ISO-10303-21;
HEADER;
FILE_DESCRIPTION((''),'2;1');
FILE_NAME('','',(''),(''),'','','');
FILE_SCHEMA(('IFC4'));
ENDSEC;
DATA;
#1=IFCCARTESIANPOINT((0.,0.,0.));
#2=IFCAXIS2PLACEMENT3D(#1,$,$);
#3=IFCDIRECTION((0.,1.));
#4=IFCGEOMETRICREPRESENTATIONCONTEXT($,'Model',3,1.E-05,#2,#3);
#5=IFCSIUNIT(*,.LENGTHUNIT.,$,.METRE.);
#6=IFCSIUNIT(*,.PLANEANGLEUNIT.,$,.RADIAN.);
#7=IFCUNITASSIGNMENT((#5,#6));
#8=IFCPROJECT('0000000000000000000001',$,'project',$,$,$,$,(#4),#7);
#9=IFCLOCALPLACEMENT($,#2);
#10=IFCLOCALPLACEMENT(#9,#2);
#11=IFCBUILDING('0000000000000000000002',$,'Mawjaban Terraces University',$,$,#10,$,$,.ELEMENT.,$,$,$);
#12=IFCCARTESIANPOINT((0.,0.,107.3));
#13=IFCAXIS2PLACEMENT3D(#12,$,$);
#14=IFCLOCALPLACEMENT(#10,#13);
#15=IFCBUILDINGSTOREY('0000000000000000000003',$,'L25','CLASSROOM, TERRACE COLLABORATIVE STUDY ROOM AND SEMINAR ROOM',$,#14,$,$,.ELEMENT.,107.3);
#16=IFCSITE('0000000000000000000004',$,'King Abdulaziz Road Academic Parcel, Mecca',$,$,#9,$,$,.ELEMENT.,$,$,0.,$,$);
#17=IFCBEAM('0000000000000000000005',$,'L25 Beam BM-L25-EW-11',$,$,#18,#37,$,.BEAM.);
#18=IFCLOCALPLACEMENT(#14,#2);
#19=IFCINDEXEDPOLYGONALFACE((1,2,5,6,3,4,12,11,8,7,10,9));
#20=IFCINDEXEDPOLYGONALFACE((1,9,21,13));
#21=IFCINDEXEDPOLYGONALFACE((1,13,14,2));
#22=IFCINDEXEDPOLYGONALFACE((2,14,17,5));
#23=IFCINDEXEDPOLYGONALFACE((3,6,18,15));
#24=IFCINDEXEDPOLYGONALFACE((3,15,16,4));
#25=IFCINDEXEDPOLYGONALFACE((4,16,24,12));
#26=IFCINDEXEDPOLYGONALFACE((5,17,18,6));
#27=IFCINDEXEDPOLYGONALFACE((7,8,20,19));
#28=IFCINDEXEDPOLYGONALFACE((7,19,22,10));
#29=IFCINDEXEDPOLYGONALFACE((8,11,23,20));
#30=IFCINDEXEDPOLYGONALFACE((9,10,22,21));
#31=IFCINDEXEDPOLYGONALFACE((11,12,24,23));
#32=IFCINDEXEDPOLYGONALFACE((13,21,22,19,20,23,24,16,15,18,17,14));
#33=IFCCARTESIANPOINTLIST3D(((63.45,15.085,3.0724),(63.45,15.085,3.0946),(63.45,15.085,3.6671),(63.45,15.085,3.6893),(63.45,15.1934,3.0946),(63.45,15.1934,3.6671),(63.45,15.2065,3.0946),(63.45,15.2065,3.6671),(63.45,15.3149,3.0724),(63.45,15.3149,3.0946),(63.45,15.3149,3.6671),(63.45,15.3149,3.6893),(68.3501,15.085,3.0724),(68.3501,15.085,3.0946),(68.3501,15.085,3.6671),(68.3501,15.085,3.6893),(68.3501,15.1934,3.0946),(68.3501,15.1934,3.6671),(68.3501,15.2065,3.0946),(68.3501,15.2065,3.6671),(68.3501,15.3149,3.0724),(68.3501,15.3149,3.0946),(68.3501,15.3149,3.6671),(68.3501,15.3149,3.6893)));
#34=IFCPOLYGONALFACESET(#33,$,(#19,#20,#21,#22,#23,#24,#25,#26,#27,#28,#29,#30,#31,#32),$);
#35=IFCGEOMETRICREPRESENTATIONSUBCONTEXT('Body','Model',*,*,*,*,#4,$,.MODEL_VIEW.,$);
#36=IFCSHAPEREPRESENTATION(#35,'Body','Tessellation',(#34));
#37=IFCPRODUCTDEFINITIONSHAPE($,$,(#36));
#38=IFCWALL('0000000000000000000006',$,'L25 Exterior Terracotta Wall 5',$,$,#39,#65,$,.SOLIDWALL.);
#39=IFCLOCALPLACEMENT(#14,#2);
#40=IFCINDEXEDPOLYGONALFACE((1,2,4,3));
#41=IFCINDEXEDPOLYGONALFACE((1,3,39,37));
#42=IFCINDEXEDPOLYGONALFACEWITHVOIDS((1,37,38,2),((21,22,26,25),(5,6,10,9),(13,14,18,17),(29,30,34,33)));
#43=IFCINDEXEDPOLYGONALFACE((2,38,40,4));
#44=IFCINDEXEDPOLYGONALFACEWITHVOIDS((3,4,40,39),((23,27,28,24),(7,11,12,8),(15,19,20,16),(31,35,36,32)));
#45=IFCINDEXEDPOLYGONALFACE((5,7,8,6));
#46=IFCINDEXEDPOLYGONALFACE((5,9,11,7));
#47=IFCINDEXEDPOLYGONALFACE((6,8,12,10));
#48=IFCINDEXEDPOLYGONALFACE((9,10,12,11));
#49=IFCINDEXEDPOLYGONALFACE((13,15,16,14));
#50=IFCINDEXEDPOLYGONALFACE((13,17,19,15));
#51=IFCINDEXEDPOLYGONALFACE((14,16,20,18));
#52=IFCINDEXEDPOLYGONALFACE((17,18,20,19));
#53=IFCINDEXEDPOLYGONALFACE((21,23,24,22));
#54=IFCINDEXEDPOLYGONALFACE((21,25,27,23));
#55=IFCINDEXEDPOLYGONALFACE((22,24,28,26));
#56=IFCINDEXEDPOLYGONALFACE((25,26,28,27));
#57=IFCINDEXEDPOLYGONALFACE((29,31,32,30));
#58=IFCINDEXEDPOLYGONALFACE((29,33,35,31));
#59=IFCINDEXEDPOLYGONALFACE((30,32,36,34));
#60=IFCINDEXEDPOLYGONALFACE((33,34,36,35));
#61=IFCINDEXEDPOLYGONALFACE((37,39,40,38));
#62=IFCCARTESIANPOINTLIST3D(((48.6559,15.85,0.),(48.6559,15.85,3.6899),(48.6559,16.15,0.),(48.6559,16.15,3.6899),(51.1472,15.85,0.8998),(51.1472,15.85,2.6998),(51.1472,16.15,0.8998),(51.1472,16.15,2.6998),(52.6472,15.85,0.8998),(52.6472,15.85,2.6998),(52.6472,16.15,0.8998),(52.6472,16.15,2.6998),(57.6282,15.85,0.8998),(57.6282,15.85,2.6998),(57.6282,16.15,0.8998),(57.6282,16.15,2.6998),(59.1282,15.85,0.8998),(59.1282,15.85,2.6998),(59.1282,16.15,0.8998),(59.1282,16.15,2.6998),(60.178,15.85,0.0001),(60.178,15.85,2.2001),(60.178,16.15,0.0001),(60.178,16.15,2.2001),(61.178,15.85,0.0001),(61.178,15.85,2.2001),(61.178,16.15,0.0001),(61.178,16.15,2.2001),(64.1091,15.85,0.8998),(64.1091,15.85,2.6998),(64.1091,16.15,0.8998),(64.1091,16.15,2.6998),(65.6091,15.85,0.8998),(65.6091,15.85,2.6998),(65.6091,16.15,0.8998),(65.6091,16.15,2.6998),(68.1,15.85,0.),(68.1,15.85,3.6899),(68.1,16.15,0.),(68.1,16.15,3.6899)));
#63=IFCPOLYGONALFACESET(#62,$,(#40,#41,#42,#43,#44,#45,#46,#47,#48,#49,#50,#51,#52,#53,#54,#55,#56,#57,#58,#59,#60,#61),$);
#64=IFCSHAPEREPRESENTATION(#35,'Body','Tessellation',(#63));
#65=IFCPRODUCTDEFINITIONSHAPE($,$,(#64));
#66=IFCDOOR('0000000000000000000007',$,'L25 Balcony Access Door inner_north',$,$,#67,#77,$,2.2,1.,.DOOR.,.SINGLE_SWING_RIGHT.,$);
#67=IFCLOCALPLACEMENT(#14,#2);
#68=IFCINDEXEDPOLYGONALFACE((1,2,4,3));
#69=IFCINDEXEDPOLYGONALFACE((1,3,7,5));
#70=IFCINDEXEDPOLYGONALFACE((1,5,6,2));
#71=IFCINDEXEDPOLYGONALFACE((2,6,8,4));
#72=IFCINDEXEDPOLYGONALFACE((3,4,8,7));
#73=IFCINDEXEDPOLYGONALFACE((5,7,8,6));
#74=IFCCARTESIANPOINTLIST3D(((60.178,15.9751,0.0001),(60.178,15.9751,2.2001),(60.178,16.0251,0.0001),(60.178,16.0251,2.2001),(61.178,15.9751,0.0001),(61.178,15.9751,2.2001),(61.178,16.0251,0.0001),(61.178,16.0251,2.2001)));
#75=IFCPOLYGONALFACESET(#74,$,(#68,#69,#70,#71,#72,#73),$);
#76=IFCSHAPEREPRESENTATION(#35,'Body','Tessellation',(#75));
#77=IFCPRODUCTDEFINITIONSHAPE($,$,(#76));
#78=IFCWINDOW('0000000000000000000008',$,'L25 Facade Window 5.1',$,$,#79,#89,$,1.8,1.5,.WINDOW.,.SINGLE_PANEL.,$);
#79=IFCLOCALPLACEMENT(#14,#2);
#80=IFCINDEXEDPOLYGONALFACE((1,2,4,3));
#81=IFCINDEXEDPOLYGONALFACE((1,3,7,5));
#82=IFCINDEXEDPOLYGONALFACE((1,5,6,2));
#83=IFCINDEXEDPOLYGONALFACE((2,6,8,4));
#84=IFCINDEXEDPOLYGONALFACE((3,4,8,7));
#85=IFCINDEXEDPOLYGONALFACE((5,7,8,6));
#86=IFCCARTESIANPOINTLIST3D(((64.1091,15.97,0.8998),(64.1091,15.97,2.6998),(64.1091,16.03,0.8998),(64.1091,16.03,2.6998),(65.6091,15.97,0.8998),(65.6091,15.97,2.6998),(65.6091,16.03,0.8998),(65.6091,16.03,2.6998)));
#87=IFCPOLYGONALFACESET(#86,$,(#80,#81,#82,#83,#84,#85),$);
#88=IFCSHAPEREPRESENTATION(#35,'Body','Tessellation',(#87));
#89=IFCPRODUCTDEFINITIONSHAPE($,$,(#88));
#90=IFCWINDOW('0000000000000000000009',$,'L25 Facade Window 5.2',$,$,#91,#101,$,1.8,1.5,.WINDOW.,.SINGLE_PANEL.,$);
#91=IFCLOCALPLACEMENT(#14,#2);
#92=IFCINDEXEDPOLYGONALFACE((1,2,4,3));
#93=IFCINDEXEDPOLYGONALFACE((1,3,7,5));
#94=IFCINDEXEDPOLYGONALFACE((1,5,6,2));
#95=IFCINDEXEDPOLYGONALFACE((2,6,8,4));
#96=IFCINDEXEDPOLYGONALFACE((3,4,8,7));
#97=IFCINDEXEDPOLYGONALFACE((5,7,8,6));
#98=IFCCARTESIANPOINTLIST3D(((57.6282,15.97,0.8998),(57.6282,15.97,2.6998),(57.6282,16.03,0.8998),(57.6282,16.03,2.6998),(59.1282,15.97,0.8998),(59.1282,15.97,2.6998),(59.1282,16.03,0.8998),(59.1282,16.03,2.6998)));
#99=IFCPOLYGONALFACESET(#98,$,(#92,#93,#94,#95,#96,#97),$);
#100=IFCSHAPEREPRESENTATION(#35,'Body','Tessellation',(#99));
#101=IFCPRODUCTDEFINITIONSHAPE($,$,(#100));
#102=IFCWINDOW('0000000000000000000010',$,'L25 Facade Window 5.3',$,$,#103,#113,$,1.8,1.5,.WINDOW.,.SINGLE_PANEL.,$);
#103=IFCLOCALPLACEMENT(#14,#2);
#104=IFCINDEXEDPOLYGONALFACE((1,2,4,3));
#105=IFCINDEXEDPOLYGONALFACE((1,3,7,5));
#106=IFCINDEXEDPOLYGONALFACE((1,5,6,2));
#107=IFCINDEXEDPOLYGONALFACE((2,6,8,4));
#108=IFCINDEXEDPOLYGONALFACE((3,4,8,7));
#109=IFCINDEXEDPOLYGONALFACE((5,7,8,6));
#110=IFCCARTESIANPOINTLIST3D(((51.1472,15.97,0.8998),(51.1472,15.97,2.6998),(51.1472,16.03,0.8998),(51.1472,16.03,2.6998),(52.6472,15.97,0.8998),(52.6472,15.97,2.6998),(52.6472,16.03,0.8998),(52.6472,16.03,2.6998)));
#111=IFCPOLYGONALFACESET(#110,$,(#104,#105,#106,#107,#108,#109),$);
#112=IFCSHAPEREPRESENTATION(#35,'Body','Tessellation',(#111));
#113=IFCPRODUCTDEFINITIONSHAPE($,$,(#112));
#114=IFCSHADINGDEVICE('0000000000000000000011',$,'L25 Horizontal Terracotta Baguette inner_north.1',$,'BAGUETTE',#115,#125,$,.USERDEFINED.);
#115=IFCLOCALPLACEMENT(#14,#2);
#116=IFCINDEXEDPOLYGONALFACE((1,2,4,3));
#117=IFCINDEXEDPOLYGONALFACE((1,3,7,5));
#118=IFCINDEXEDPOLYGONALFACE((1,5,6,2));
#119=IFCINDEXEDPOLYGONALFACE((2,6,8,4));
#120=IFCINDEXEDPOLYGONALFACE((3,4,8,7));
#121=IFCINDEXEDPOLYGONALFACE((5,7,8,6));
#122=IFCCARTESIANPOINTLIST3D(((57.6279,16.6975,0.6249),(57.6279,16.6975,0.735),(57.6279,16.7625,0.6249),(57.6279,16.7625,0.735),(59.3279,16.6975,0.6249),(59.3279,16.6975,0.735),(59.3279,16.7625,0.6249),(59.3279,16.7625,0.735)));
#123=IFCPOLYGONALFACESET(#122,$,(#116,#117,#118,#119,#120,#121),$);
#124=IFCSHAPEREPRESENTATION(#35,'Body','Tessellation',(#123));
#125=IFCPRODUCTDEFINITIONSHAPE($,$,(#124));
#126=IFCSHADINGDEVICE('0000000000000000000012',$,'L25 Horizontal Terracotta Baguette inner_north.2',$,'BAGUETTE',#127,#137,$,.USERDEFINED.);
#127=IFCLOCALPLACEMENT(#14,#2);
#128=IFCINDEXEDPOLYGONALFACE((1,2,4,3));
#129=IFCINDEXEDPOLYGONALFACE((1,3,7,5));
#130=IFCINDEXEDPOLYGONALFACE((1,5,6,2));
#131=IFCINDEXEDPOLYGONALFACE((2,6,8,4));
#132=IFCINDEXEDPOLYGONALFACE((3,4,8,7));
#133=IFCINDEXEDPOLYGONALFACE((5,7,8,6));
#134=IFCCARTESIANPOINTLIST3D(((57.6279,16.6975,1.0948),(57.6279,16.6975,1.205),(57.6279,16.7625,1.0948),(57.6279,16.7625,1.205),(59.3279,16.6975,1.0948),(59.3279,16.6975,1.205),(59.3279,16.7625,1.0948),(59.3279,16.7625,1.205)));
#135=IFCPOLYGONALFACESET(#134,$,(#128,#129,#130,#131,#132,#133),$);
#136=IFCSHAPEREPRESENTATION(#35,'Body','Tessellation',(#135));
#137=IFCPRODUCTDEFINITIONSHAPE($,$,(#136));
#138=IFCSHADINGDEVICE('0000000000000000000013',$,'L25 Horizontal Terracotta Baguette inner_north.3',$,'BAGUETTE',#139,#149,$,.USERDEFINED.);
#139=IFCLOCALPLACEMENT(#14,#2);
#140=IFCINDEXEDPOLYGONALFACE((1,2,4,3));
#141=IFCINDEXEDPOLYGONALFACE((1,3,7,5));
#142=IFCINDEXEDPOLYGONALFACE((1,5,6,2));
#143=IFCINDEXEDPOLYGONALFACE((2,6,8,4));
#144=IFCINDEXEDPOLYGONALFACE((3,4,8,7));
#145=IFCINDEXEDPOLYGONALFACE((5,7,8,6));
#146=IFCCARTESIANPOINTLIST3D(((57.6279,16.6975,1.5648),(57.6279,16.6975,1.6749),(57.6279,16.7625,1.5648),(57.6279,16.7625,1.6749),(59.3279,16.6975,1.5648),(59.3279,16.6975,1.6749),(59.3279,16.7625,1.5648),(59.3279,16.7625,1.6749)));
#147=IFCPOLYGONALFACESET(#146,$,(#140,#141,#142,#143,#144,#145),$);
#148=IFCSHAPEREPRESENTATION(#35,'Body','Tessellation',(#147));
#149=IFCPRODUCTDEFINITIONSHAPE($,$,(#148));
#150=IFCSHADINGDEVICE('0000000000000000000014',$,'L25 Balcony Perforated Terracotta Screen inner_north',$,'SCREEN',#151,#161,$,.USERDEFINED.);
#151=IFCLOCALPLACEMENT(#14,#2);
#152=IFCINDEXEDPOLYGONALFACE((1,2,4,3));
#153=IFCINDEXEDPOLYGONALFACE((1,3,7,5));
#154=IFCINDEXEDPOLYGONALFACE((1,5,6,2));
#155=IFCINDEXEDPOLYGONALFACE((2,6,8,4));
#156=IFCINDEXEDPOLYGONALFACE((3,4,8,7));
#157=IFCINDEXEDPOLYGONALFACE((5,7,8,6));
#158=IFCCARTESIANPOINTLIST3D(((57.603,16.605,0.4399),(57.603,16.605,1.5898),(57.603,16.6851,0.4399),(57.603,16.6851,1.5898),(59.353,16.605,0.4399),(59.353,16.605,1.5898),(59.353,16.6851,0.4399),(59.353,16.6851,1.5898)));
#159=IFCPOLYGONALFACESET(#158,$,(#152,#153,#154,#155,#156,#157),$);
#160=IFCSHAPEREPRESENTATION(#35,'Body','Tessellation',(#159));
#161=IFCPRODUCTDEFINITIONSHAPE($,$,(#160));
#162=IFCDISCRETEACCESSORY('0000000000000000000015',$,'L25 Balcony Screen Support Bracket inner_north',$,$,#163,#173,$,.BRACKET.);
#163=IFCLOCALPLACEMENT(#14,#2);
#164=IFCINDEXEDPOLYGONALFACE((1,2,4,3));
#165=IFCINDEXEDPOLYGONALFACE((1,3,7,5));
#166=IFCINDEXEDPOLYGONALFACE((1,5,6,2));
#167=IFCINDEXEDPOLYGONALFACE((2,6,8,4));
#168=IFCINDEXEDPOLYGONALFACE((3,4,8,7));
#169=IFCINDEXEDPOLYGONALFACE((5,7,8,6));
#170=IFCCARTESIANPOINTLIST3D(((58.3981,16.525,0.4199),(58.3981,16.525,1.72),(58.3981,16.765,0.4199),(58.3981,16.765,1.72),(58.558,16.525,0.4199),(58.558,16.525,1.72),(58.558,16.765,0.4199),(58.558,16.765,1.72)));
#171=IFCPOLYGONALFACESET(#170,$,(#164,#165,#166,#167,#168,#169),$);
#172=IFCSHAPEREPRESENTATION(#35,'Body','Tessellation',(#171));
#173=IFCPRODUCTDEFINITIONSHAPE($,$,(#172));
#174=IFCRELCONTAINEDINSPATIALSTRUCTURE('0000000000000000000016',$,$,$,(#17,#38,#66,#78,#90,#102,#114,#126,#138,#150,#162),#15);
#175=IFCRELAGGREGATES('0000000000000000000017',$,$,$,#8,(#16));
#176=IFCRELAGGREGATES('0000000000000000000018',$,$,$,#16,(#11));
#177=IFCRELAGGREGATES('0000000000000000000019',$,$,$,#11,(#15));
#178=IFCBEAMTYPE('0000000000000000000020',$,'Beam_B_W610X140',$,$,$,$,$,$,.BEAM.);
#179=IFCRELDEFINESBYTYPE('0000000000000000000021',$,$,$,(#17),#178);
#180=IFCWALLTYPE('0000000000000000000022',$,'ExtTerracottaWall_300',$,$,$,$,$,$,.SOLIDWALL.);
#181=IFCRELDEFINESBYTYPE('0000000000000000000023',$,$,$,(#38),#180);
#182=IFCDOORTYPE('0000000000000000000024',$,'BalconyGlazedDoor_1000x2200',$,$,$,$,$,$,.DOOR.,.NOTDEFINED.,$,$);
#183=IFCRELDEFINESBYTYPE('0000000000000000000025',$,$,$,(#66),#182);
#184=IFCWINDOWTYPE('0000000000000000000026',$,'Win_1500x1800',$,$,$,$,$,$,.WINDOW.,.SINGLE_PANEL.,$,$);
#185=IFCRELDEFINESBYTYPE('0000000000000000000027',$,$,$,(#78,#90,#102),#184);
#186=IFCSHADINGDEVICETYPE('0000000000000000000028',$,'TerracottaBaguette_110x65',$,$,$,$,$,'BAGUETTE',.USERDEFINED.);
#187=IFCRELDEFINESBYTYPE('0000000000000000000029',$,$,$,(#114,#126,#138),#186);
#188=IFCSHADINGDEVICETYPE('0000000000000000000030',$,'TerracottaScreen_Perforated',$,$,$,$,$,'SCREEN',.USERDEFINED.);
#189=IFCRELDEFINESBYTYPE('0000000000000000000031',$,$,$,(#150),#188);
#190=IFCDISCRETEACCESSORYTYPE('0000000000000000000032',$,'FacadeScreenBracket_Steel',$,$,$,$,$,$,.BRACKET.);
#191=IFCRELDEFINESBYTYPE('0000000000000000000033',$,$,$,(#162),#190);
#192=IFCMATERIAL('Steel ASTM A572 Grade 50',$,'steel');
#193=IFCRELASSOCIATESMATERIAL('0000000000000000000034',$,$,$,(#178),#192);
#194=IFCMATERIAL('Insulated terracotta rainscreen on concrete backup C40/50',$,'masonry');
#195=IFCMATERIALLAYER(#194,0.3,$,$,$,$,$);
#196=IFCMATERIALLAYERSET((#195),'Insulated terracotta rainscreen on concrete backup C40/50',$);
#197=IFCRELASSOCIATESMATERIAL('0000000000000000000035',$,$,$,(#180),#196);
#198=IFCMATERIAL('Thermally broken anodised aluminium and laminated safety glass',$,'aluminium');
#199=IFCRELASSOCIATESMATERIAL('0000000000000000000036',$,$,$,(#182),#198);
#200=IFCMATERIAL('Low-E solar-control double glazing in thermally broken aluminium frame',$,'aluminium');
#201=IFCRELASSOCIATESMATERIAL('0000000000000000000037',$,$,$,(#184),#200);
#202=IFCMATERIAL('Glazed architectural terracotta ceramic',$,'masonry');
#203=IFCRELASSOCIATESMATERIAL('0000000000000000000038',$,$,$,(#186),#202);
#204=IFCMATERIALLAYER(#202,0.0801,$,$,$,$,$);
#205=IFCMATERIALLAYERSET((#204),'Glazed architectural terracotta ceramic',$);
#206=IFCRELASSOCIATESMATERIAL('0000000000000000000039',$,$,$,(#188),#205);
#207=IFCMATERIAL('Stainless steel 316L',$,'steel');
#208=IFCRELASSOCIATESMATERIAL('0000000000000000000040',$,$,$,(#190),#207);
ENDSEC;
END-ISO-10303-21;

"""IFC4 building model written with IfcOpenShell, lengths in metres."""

from ifc_helpers import new_model, si_unit, direction, frame, frame_2d, origin, origin_2d, place, context, subcontext, project, spatial, rectangle, i_section, extrude, material, layer, layer_set, material_profile, profile_set, type_object, element, fill, save


model = new_model("IFC4")

# Units and contexts
model_context = context("Model", 3, precision=1e-05, world=origin(), true_north=direction((0.0, 1.0)))
body_context = subcontext(model_context, "Body", "Model", "MODEL_VIEW")
ifc_project = project(units=[si_unit("LENGTHUNIT", "METRE"), si_unit("PLANEANGLEUNIT", "RADIAN")], contexts=[model_context])

# Site, building, storey
site_placement = place(None, origin())
site = spatial("IfcSite", under=ifc_project, at=site_placement, Name="King Abdulaziz Road Academic Parcel, Mecca", CompositionType="ELEMENT", RefElevation=0.0)
building_placement = place(site_placement, origin())
building = spatial("IfcBuilding", under=site, at=building_placement, Name="Mawjaban Terraces University", CompositionType="ELEMENT")
storey_placement = place(building_placement, frame((0.0, 0.0, 107.3)))
storey = spatial("IfcBuildingStorey", under=building, at=storey_placement, Name="L25", Description="CLASSROOM, TERRACE COLLABORATIVE STUDY ROOM AND SEMINAR ROOM", CompositionType="ELEMENT", Elevation=107.3)

# Beam
ifc_material_1 = material(Name="Steel ASTM A572 Grade 50", Category="steel")
ifc_material_profile_1 = material_profile(ifc_material_1, i_section(OverallWidth=0.23, OverallDepth=0.6169, WebThickness=0.0132, FlangeThickness=0.0222, at=origin_2d()), Name="W610X140")
ifc_profile_set_1 = profile_set([ifc_material_profile_1], Name="Steel ASTM A572 Grade 50")
beam_type_1 = type_object("IfcBeamType", Name="Beam_B_W610X140", PredefinedType="BEAM", material=ifc_profile_set_1)
beam_1_placement = place(storey_placement, frame((63.45, 15.2, 3.3809), z_axis=(1.0, 0.0, 0.0), x_axis=(0.0, 1.0, 0.0)))
element("IfcBeam", 1, at=beam_1_placement, inside=storey, type_object=beam_type_1, Name="L25 Beam BM-L25-EW-11", PredefinedType="BEAM", context=body_context, shape_type="SweptSolid", body=[
    extrude(i_section(OverallWidth=0.23, OverallDepth=0.6169, WebThickness=0.0132, FlangeThickness=0.0222, at=origin_2d()), origin(), (0.0, 0.0, 1.0), 4.9001),
])

# Wall, openings, door, windows
ifc_material_2 = material(Name="Insulated terracotta rainscreen on concrete backup C40/50", Category="masonry")
ifc_layer_1 = layer(ifc_material_2, 0.3)
ifc_layer_set_1 = layer_set([ifc_layer_1], Name="Insulated terracotta rainscreen on concrete backup C40/50")
wall_type = type_object("IfcWallType", Name="ExtTerracottaWall_300", PredefinedType="SOLIDWALL", material=ifc_layer_set_1)
wall_placement = place(storey_placement, frame((68.1001, 16.0, 0.0), z_axis=(0.0, 0.0, 1.0), x_axis=(-1.0, 0.0, 0.0)))
wall = element("IfcWall", 2, at=wall_placement, inside=storey, type_object=wall_type, Name="L25 Exterior Terracotta Wall 5", PredefinedType="SOLIDWALL", context=body_context, shape_type="SweptSolid", body=[
    extrude(rectangle(XDim=19.4441, YDim=0.3, at=frame_2d((9.7222, 0.0))), origin(), (0.0, 0.0, 1.0), 3.6899),
])
opening_1_placement = place(wall_placement, frame((6.9221, 0.0, 0.0)))
opening_1 = element("IfcOpeningElement", 3, at=opening_1_placement, cuts=wall, PredefinedType="OPENING", context=body_context, shape_type="SweptSolid", body=[
    extrude(rectangle(XDim=1.0, YDim=2.2, at=frame_2d((0.5, 1.1001))), frame((0.0, 0.1599, 0.0), z_axis=(0.0, -1.0, 0.0), x_axis=(1.0, 0.0, 0.0)), (0.0, 0.0, 1.0), 0.3201),
])
opening_2_placement = place(wall_placement, frame((2.491, 0.0, 0.8999)))
opening_2 = element("IfcOpeningElement", 4, at=opening_2_placement, cuts=wall, PredefinedType="OPENING", context=body_context, shape_type="SweptSolid", body=[
    extrude(rectangle(XDim=1.5, YDim=1.8, at=frame_2d((0.75, 0.8999))), frame((0.0, 0.1599, 0.0), z_axis=(0.0, -1.0, 0.0), x_axis=(1.0, 0.0, 0.0)), (0.0, 0.0, 1.0), 0.3201),
])
opening_3_placement = place(wall_placement, frame((8.9719, 0.0, 0.8999)))
opening_3 = element("IfcOpeningElement", 5, at=opening_3_placement, cuts=wall, PredefinedType="OPENING", context=body_context, shape_type="SweptSolid", body=[
    extrude(rectangle(XDim=1.5, YDim=1.8, at=frame_2d((0.75, 0.8999))), frame((0.0, 0.1599, 0.0), z_axis=(0.0, -1.0, 0.0), x_axis=(1.0, 0.0, 0.0)), (0.0, 0.0, 1.0), 0.3201),
])
opening_4_placement = place(wall_placement, frame((15.4529, 0.0, 0.8999)))
opening_4 = element("IfcOpeningElement", 6, at=opening_4_placement, cuts=wall, PredefinedType="OPENING", context=body_context, shape_type="SweptSolid", body=[
    extrude(rectangle(XDim=1.5, YDim=1.8, at=frame_2d((0.75, 0.8999))), frame((0.0, 0.1599, 0.0), z_axis=(0.0, -1.0, 0.0), x_axis=(1.0, 0.0, 0.0)), (0.0, 0.0, 1.0), 0.3201),
])
ifc_material_3 = material(Name="Thermally broken anodised aluminium and laminated safety glass", Category="aluminium")
door_type = type_object("IfcDoorType", Name="BalconyGlazedDoor_1000x2200", OperationType="NOTDEFINED", PredefinedType="DOOR", material=ifc_material_3)
door_placement = place(opening_1_placement, origin())
door = element("IfcDoor", 7, at=door_placement, inside=storey, type_object=door_type, Name="L25 Balcony Access Door inner_north", OperationType="SINGLE_SWING_RIGHT", OverallHeight=2.2, OverallWidth=1.0, PredefinedType="DOOR", context=body_context, shape_type="SweptSolid", body=[
    extrude(rectangle(XDim=1.0, YDim=2.2, at=frame_2d((0.5, 1.1001))), frame((0.0, 0.0249, 0.0), z_axis=(0.0, -1.0, 0.0), x_axis=(1.0, 0.0, 0.0)), (0.0, 0.0, 1.0), 0.05),
])
fill(opening_1, door)
ifc_material_4 = material(Name="Low-E solar-control double glazing in thermally broken aluminium frame", Category="aluminium")
window_type = type_object("IfcWindowType", Name="Win_1500x1800", PartitioningType="SINGLE_PANEL", PredefinedType="WINDOW", material=ifc_material_4)
window_1_placement = place(opening_2_placement, origin())
window_1 = element("IfcWindow", 8, at=window_1_placement, inside=storey, type_object=window_type, Name="L25 Facade Window 5.1", OverallHeight=1.8, OverallWidth=1.5, PartitioningType="SINGLE_PANEL", PredefinedType="WINDOW", context=body_context, shape_type="SweptSolid", body=[
    extrude(rectangle(XDim=1.5, YDim=1.8, at=frame_2d((0.75, 0.8999))), frame((0.0, 0.03, 0.0), z_axis=(0.0, -1.0, 0.0), x_axis=(1.0, 0.0, 0.0)), (0.0, 0.0, 1.0), 0.0601),
])
fill(opening_2, window_1)
window_2_placement = place(opening_3_placement, origin())
window_2 = element("IfcWindow", 9, at=window_2_placement, inside=storey, type_object=window_type, Name="L25 Facade Window 5.2", OverallHeight=1.8, OverallWidth=1.5, PartitioningType="SINGLE_PANEL", PredefinedType="WINDOW", context=body_context, shape_type="SweptSolid", body=[
    extrude(rectangle(XDim=1.5, YDim=1.8, at=frame_2d((0.75, 0.8999))), frame((0.0, 0.03, 0.0), z_axis=(0.0, -1.0, 0.0), x_axis=(1.0, 0.0, 0.0)), (0.0, 0.0, 1.0), 0.0601),
])
fill(opening_3, window_2)
window_3_placement = place(opening_4_placement, origin())
window_3 = element("IfcWindow", 10, at=window_3_placement, inside=storey, type_object=window_type, Name="L25 Facade Window 5.3", OverallHeight=1.8, OverallWidth=1.5, PartitioningType="SINGLE_PANEL", PredefinedType="WINDOW", context=body_context, shape_type="SweptSolid", body=[
    extrude(rectangle(XDim=1.5, YDim=1.8, at=frame_2d((0.75, 0.8999))), frame((0.0, 0.03, 0.0), z_axis=(0.0, -1.0, 0.0), x_axis=(1.0, 0.0, 0.0)), (0.0, 0.0, 1.0), 0.0601),
])
fill(opening_4, window_3)

# Shading devices
ifc_material_5 = material(Name="Glazed architectural terracotta ceramic", Category="masonry")
ifc_material_profile_2 = material_profile(ifc_material_5, rectangle(XDim=0.0649, YDim=0.1101, at=origin_2d()), Name="TBAG110X65")
ifc_profile_set_2 = profile_set([ifc_material_profile_2], Name="Glazed architectural terracotta ceramic")
shading_device_type_1 = type_object("IfcShadingDeviceType", Name="TerracottaBaguette_110x65", ElementType="BAGUETTE", PredefinedType="USERDEFINED", material=ifc_profile_set_2)
for number, where, z_axis, x_axis, name in (
    (11, (57.6279, 16.73, 0.6799), (1.0, 0.0, 0.0), (0.0, 1.0, 0.0), "L25 Horizontal Terracotta Baguette inner_north.1"),
    (12, (57.6279, 16.73, 1.1499), (1.0, 0.0, 0.0), (0.0, 1.0, 0.0), "L25 Horizontal Terracotta Baguette inner_north.2"),
    (13, (57.6279, 16.73, 1.6199), (1.0, 0.0, 0.0), (0.0, 1.0, 0.0), "L25 Horizontal Terracotta Baguette inner_north.3"),
):
    element("IfcShadingDevice", number, at=place(storey_placement, frame(where, z_axis=z_axis, x_axis=x_axis)), inside=storey, type_object=shading_device_type_1, Name=name, ObjectType="BAGUETTE", PredefinedType="USERDEFINED", context=body_context, shape_type="SweptSolid", body=[
        extrude(rectangle(XDim=0.0649, YDim=0.1101, at=origin_2d()), origin(), (0.0, 0.0, 1.0), 1.7),
    ])
ifc_layer_2 = layer(ifc_material_5, 0.0801)
ifc_layer_set_2 = layer_set([ifc_layer_2], Name="Glazed architectural terracotta ceramic")
shading_device_type_2 = type_object("IfcShadingDeviceType", Name="TerracottaScreen_Perforated", ElementType="SCREEN", PredefinedType="USERDEFINED", material=ifc_layer_set_2)
shading_device_placement = place(storey_placement, frame((58.478, 16.645, 0.4399), z_axis=(0.0, 0.0, 1.0), x_axis=(1.0, 0.0, 0.0)))
element("IfcShadingDevice", 14, at=shading_device_placement, inside=storey, type_object=shading_device_type_2, Name="L25 Balcony Perforated Terracotta Screen inner_north", ObjectType="SCREEN", PredefinedType="USERDEFINED", context=body_context, shape_type="SweptSolid", body=[
    extrude(rectangle(XDim=1.75, YDim=0.0801, at=origin_2d()), origin(), (0.0, 0.0, 1.0), 1.1499),
])

# Discrete accessory
ifc_material_6 = material(Name="Stainless steel 316L", Category="steel")
discrete_accessory_type_1 = type_object("IfcDiscreteAccessoryType", Name="FacadeScreenBracket_Steel", PredefinedType="BRACKET", material=ifc_material_6)
discrete_accessory_1_placement = place(storey_placement, frame((58.478, 16.645, 0.4199), z_axis=(0.0, 0.0, 1.0), x_axis=(1.0, 0.0, 0.0)))
element("IfcDiscreteAccessory", 15, at=discrete_accessory_1_placement, inside=storey, type_object=discrete_accessory_type_1, Name="L25 Balcony Screen Support Bracket inner_north", PredefinedType="BRACKET", context=body_context, shape_type="SweptSolid", body=[
    extrude(rectangle(XDim=0.1599, YDim=0.24, at=origin_2d()), origin(), (0.0, 0.0, 1.0), 1.3),
])

save(model, "model.ifc")
